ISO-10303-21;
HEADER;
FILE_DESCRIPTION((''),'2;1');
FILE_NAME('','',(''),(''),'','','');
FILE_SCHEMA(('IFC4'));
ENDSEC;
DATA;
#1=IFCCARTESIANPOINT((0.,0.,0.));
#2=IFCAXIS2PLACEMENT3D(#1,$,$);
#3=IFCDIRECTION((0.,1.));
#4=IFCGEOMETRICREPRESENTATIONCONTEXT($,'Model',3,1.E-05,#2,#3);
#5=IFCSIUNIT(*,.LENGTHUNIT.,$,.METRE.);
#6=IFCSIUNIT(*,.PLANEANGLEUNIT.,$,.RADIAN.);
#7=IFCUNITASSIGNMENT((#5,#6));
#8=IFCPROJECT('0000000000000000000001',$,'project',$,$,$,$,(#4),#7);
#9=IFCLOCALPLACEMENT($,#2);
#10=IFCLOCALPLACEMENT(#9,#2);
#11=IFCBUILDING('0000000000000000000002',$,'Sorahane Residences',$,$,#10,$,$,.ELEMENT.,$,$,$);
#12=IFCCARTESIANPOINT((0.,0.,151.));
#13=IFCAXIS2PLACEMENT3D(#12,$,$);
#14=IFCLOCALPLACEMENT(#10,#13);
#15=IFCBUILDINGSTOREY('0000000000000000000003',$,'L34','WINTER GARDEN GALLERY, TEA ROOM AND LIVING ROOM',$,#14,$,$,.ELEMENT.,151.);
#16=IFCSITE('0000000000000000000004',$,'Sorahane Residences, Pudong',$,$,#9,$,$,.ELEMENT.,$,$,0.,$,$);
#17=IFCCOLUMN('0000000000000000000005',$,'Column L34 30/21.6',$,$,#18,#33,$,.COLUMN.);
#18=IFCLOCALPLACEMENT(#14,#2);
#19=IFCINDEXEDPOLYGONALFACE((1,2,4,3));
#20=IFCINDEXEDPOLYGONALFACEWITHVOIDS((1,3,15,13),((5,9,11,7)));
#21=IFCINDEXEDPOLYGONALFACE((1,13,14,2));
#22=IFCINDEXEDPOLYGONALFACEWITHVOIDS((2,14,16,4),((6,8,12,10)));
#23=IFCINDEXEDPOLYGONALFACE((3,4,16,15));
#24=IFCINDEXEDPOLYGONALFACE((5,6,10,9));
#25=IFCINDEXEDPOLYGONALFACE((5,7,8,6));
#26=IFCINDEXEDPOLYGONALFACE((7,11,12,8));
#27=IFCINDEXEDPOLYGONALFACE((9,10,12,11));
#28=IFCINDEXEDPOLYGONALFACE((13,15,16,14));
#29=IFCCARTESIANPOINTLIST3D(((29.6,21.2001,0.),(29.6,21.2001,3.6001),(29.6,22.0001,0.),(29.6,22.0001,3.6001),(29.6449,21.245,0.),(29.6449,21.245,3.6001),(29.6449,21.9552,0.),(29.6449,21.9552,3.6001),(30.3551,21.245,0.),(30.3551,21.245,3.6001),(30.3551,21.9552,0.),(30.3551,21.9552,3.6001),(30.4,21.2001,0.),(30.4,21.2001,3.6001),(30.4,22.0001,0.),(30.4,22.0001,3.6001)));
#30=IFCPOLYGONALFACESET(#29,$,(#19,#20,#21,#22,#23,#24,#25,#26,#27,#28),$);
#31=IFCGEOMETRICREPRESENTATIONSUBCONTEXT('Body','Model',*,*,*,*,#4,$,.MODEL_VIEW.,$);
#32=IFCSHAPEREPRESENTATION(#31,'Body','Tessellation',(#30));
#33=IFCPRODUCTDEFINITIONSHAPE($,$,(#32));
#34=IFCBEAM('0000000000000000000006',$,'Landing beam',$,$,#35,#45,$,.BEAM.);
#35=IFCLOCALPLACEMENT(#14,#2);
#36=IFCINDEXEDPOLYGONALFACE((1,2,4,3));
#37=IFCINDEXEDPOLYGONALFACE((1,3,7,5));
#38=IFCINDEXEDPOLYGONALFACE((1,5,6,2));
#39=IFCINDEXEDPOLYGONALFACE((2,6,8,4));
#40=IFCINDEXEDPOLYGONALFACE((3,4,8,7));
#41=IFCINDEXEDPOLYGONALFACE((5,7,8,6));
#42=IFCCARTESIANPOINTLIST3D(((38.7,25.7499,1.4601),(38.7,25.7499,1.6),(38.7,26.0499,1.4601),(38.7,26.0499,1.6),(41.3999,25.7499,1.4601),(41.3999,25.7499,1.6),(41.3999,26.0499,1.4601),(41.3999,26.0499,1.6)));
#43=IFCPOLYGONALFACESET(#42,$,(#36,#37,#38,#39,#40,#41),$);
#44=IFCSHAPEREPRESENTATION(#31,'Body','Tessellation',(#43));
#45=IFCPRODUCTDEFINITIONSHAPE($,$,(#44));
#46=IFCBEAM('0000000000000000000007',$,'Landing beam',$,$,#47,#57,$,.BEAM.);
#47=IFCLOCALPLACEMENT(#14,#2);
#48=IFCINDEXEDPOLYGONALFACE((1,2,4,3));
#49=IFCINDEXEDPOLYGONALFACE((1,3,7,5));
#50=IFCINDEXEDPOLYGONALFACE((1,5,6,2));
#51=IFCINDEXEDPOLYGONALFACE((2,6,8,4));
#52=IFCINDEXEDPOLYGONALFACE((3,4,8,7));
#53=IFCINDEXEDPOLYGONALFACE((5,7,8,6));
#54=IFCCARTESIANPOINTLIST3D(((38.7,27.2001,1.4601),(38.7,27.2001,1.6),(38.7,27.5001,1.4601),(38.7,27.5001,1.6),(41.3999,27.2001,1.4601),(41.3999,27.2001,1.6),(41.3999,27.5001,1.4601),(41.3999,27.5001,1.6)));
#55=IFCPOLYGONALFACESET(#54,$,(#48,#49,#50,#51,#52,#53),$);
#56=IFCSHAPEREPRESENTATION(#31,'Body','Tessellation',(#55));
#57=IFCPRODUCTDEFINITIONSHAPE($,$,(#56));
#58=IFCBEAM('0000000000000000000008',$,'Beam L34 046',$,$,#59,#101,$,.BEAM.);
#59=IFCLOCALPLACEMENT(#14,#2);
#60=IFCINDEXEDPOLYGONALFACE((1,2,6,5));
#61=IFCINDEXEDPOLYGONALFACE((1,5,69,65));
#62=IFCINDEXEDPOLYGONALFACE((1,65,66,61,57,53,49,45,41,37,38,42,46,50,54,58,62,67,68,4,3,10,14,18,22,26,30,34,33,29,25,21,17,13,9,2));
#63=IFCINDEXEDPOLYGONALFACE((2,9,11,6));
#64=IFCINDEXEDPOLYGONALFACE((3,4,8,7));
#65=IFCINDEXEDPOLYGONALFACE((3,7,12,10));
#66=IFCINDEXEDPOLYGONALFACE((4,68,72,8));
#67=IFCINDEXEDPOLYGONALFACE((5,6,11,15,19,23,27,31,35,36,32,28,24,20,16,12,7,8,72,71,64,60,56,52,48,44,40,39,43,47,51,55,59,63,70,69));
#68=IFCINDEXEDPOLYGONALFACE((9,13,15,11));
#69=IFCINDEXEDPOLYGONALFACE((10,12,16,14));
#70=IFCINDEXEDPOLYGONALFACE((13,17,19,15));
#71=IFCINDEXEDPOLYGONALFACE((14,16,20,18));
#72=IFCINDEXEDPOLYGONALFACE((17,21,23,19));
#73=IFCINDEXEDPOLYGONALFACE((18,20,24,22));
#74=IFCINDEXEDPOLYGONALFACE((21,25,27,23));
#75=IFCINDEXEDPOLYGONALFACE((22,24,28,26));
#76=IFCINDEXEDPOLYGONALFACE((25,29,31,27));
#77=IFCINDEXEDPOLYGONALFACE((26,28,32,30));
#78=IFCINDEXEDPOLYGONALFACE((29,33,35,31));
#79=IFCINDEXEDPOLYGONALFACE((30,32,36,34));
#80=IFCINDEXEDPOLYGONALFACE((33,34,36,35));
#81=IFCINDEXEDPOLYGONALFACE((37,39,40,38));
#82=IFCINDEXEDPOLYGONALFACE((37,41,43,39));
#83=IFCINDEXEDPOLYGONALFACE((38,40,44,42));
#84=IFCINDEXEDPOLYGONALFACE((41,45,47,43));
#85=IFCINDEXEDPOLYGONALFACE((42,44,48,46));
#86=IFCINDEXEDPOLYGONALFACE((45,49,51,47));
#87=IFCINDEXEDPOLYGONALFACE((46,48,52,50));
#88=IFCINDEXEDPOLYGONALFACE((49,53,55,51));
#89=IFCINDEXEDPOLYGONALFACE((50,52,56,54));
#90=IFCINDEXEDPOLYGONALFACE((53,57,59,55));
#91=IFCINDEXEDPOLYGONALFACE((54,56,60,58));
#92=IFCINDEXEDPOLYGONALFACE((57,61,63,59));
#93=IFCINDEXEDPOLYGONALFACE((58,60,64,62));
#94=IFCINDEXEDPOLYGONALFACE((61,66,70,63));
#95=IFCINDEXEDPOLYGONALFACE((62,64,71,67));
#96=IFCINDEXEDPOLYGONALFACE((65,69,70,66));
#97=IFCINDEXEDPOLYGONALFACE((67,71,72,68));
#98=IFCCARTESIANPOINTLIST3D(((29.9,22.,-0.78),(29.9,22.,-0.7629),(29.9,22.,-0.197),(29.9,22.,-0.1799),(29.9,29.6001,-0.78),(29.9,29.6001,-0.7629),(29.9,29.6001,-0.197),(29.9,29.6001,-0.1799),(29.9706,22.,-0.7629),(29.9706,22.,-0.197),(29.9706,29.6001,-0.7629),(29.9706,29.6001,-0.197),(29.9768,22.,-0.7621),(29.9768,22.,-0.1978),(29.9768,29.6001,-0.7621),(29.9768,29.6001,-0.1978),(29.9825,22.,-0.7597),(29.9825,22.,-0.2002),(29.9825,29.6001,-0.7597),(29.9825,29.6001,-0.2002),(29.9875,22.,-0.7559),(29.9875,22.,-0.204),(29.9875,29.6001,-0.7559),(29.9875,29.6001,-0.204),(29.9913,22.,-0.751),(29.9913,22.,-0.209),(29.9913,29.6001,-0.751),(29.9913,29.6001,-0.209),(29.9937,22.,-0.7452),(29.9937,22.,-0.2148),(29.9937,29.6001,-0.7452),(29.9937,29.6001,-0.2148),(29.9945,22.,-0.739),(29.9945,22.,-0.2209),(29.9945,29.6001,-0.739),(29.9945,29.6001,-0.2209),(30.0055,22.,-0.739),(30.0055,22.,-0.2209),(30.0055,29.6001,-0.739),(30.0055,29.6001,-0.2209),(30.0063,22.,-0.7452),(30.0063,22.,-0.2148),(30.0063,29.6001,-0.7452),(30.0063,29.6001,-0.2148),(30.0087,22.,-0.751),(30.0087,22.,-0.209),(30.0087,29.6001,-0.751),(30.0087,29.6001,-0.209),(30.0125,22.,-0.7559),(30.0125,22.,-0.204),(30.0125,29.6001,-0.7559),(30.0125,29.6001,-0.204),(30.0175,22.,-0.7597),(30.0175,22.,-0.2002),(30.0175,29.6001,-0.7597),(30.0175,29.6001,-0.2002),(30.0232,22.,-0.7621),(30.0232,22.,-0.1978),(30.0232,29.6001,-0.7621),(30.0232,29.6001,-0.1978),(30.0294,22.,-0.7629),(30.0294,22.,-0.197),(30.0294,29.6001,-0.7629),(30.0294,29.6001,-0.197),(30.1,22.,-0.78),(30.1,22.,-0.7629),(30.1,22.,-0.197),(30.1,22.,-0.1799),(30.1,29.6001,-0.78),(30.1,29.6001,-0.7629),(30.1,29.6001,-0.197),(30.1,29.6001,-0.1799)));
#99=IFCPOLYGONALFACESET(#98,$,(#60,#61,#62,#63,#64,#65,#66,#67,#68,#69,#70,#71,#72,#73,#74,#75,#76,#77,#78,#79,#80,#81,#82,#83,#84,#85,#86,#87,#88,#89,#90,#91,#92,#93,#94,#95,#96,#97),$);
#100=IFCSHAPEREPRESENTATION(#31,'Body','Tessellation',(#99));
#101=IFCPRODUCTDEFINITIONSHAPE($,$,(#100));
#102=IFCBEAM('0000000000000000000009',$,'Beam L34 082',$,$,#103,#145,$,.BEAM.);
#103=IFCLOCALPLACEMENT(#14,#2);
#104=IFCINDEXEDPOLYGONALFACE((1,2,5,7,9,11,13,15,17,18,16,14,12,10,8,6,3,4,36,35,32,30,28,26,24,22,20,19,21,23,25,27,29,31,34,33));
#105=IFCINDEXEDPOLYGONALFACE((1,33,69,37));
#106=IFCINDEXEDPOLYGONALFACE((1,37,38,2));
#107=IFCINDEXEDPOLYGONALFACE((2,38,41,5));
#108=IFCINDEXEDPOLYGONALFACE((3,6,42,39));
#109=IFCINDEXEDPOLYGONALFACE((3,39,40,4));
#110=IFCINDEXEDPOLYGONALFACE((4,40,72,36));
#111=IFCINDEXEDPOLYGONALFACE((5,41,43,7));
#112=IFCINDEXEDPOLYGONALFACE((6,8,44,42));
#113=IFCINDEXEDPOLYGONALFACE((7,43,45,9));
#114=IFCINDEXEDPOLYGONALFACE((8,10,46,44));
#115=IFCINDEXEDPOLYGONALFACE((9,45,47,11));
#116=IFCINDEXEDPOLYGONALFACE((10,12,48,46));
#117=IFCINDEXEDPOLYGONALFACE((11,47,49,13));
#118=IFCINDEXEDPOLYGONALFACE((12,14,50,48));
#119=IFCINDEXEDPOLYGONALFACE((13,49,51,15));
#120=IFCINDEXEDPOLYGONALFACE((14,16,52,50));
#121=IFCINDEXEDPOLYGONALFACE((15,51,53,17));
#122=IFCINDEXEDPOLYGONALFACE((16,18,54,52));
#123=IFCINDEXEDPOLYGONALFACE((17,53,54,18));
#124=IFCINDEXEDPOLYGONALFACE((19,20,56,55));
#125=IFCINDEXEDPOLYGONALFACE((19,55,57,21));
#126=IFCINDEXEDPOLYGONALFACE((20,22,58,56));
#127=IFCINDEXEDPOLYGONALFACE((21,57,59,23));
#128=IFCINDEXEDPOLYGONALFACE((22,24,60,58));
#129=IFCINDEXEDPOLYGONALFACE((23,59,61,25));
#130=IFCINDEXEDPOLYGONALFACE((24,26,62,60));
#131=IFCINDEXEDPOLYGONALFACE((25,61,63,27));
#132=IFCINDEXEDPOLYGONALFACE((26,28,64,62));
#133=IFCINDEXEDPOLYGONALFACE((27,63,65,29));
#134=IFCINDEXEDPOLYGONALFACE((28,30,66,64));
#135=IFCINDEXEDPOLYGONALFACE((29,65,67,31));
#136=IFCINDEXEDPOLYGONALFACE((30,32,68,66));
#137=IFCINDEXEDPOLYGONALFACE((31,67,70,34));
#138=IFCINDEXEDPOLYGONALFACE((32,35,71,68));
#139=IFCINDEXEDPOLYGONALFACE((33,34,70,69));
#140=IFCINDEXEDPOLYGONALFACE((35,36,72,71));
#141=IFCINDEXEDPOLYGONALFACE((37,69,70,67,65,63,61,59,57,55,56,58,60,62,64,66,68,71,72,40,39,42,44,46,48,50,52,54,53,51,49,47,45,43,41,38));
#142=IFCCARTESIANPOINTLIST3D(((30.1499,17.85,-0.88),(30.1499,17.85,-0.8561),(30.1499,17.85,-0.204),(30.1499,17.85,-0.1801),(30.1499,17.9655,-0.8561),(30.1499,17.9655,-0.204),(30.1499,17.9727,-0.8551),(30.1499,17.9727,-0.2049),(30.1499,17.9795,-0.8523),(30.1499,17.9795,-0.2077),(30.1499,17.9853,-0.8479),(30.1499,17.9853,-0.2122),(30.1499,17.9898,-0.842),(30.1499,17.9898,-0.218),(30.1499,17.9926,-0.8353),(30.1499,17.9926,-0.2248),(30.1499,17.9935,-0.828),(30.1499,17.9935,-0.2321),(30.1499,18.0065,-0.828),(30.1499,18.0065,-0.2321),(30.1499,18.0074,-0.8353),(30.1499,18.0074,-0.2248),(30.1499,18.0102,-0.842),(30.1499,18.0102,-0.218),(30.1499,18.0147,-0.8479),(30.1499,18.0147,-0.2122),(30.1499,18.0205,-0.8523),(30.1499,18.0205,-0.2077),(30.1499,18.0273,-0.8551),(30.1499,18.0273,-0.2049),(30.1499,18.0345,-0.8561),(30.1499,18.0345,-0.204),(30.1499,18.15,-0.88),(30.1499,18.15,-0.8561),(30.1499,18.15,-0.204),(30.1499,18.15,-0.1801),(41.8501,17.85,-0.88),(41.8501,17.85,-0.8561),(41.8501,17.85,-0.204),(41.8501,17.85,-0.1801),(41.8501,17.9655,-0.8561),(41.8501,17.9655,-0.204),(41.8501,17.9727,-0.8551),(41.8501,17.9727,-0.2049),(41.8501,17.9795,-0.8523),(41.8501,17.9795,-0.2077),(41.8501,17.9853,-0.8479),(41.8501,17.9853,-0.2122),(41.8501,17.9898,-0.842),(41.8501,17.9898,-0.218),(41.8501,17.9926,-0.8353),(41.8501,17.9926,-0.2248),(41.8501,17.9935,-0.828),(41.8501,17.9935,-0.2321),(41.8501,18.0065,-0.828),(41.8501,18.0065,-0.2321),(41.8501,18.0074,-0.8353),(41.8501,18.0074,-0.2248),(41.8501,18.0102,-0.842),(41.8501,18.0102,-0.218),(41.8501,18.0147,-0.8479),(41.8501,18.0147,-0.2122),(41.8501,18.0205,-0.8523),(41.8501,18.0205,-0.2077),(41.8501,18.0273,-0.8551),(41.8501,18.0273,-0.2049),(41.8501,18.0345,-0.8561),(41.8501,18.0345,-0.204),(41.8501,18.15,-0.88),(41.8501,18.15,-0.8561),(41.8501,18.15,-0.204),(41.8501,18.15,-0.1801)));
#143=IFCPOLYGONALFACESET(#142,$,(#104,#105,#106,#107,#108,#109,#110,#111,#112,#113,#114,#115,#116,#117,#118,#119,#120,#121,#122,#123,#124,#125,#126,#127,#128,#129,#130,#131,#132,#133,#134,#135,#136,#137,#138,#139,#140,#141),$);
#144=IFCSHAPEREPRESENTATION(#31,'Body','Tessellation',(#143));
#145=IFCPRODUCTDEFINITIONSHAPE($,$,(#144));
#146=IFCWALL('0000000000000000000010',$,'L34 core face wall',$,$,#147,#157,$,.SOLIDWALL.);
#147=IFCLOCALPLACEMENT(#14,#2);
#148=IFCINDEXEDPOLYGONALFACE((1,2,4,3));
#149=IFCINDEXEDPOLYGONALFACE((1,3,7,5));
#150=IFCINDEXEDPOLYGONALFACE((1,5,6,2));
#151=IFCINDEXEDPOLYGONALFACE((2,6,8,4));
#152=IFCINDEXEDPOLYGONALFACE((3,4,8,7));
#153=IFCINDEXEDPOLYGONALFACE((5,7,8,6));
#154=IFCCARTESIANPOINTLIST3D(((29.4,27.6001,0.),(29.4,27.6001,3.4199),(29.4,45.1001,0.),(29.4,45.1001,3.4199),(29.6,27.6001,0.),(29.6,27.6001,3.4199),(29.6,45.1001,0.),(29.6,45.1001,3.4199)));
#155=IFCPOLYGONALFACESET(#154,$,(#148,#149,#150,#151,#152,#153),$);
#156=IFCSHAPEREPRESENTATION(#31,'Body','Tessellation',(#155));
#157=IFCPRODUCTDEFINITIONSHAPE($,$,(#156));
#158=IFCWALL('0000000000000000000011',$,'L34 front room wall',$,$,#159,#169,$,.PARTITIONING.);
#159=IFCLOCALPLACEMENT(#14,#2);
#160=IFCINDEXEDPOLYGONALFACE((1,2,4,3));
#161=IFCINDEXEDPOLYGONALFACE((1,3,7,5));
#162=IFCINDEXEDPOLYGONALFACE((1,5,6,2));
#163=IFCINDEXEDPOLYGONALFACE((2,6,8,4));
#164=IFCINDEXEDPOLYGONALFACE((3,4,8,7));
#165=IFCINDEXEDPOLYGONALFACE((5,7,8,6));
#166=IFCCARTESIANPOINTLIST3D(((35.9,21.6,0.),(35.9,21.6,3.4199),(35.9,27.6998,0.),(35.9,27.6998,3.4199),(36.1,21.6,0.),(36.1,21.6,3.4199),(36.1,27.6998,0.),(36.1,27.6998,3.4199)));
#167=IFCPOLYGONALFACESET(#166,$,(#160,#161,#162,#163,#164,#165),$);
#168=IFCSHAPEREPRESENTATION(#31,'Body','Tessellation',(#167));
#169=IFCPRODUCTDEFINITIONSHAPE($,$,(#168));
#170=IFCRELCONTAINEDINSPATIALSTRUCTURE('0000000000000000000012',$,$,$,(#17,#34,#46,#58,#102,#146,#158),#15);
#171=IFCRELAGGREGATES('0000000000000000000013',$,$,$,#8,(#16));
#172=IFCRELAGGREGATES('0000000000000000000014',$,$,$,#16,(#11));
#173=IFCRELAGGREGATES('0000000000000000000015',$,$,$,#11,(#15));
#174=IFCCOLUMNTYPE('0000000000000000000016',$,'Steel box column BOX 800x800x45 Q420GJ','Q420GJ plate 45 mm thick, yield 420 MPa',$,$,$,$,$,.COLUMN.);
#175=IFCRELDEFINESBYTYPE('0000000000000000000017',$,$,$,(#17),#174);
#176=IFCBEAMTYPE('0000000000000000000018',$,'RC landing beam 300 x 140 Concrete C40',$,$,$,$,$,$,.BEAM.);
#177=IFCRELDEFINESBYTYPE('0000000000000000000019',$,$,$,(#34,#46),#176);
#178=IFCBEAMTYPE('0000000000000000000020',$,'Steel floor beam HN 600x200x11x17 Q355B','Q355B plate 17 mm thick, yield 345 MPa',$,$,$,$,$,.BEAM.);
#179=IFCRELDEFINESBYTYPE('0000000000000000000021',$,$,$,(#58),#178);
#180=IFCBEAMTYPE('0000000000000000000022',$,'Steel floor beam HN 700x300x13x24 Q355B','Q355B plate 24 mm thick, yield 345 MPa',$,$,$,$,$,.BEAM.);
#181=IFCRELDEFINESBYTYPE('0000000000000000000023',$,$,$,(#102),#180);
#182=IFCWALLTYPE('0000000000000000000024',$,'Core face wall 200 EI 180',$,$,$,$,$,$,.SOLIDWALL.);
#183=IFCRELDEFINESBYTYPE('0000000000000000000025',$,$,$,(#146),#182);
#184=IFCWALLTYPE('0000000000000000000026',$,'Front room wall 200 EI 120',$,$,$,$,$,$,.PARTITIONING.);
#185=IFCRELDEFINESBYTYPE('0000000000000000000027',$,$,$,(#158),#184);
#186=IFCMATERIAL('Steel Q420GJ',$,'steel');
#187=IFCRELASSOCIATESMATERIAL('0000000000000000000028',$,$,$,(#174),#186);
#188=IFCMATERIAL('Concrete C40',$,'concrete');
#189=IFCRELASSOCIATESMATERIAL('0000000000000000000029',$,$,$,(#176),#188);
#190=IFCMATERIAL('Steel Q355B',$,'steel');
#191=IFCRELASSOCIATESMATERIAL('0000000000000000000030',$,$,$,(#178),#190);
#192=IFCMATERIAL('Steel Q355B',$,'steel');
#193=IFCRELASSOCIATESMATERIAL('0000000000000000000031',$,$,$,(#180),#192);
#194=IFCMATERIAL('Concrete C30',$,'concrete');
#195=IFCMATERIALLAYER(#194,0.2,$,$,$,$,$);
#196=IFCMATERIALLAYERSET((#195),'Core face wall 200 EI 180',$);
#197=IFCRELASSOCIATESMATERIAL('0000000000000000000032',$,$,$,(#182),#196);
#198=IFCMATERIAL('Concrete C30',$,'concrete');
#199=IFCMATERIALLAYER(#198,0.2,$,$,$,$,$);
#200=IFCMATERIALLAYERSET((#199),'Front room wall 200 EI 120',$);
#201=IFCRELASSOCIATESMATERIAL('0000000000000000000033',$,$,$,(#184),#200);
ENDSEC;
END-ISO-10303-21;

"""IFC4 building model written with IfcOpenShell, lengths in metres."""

from ifc_helpers import new_model, si_unit, direction, frame, frame_2d, origin, origin_2d, place, context, subcontext, project, spatial, rectangle, hollow_rectangle, i_section, extrude, material, layer, layer_set, material_profile, profile_set, type_object, element, save


model = new_model("IFC4")

# Units and contexts
model_context = context("Model", 3, precision=1e-05, world=origin(), true_north=direction((0.0, 1.0)))
body_context = subcontext(model_context, "Body", "Model", "MODEL_VIEW")
ifc_project = project(units=[si_unit("LENGTHUNIT", "METRE"), si_unit("PLANEANGLEUNIT", "RADIAN")], contexts=[model_context])

# Site, building, storey
site_placement = place(None, origin())
site = spatial("IfcSite", under=ifc_project, at=site_placement, Name="Sorahane Residences, Pudong", CompositionType="ELEMENT", RefElevation=0.0)
building_placement = place(site_placement, origin())
building = spatial("IfcBuilding", under=site, at=building_placement, Name="Sorahane Residences", CompositionType="ELEMENT")
storey_placement = place(building_placement, frame((0.0, 0.0, 151.0)))
storey = spatial("IfcBuildingStorey", under=building, at=storey_placement, Name="L34", Description="WINTER GARDEN GALLERY, TEA ROOM AND LIVING ROOM", CompositionType="ELEMENT", Elevation=151.0)

# Column
ifc_material_1 = material(Name="Steel Q420GJ", Category="steel")
ifc_material_profile_1 = material_profile(ifc_material_1, hollow_rectangle(XDim=0.8, YDim=0.8, WallThickness=0.0449, at=origin_2d()), Name="BOX 800x800x45")
ifc_profile_set_1 = profile_set([ifc_material_profile_1], Name="Steel Q420GJ")
column_type = type_object("IfcColumnType", Name="Steel box column BOX 800x800x45 Q420GJ", Description="Q420GJ plate 45 mm thick, yield 420 MPa", PredefinedType="COLUMN", material=ifc_profile_set_1)
column_placement = place(storey_placement, frame((30.0, 21.6001, 0.0), z_axis=(0.0, 0.0, 1.0), x_axis=(1.0, 0.0, 0.0)))
element("IfcColumn", 1, at=column_placement, inside=storey, type_object=column_type, Name="Column L34 30/21.6", PredefinedType="COLUMN", context=body_context, shape_type="SweptSolid", body=[
    extrude(hollow_rectangle(XDim=0.8, YDim=0.8, WallThickness=0.0449, at=origin_2d()), origin(), (0.0, 0.0, 1.0), 3.6001),
])

# Beams
ifc_material_2 = material(Name="Concrete C40", Category="concrete")
ifc_material_profile_2 = material_profile(ifc_material_2, rectangle(XDim=0.3, YDim=0.1399, at=origin_2d()), Name="300x140")
ifc_profile_set_2 = profile_set([ifc_material_profile_2], Name="Concrete C40")
beam_type_1 = type_object("IfcBeamType", Name="RC landing beam 300 x 140 Concrete C40", PredefinedType="BEAM", material=ifc_profile_set_2)
for number, where, z_axis, x_axis, name in (
    (2, (38.7, 25.8999, 1.53), (1.0, 0.0, 0.0), (0.0, 1.0, 0.0), "Landing beam"),
    (3, (38.7, 27.3501, 1.53), (1.0, 0.0, 0.0), (0.0, 1.0, 0.0), "Landing beam"),
):
    element("IfcBeam", number, at=place(storey_placement, frame(where, z_axis=z_axis, x_axis=x_axis)), inside=storey, type_object=beam_type_1, Name=name, PredefinedType="BEAM", context=body_context, shape_type="SweptSolid", body=[
        extrude(rectangle(XDim=0.3, YDim=0.1399, at=origin_2d()), origin(), (0.0, 0.0, 1.0), 2.7),
    ])
ifc_material_3 = material(Name="Steel Q355B", Category="steel")
ifc_material_profile_3 = material_profile(ifc_material_3, i_section(OverallWidth=0.2, OverallDepth=0.6001, WebThickness=0.011, FlangeThickness=0.0171, FilletRadius=0.0239, at=origin_2d()), Name="HN 600x200x11x17")
ifc_profile_set_3 = profile_set([ifc_material_profile_3], Name="Steel Q355B")
beam_type_2 = type_object("IfcBeamType", Name="Steel floor beam HN 600x200x11x17 Q355B", Description="Q355B plate 17 mm thick, yield 345 MPa", PredefinedType="BEAM", material=ifc_profile_set_3)
beam_1_placement = place(storey_placement, frame((30.0, 22.0, -0.48), z_axis=(0.0, 1.0, 0.0), x_axis=(-1.0, 0.0, 0.0)))
element("IfcBeam", 4, at=beam_1_placement, inside=storey, type_object=beam_type_2, Name="Beam L34 046", PredefinedType="BEAM", context=body_context, shape_type="SweptSolid", body=[
    extrude(i_section(OverallWidth=0.2, OverallDepth=0.6001, WebThickness=0.011, FlangeThickness=0.0171, FilletRadius=0.0239, at=origin_2d()), origin(), (0.0, 0.0, 1.0), 7.6001),
])
ifc_material_4 = material(Name="Steel Q355B", Category="steel")
ifc_material_profile_4 = material_profile(ifc_material_4, i_section(OverallWidth=0.3, OverallDepth=0.7, WebThickness=0.0129, FlangeThickness=0.0239, FilletRadius=0.0281, at=origin_2d()), Name="HN 700x300x13x24")
ifc_profile_set_4 = profile_set([ifc_material_profile_4], Name="Steel Q355B")
beam_type_3 = type_object("IfcBeamType", Name="Steel floor beam HN 700x300x13x24 Q355B", Description="Q355B plate 24 mm thick, yield 345 MPa", PredefinedType="BEAM", material=ifc_profile_set_4)
beam_2_placement = place(storey_placement, frame((30.1499, 18.0, -0.53), z_axis=(1.0, 0.0, 0.0), x_axis=(0.0, 1.0, 0.0)))
element("IfcBeam", 5, at=beam_2_placement, inside=storey, type_object=beam_type_3, Name="Beam L34 082", PredefinedType="BEAM", context=body_context, shape_type="SweptSolid", body=[
    extrude(i_section(OverallWidth=0.3, OverallDepth=0.7, WebThickness=0.0129, FlangeThickness=0.0239, FilletRadius=0.0281, at=origin_2d()), origin(), (0.0, 0.0, 1.0), 11.7002),
])

# Walls
ifc_material_5 = material(Name="Concrete C30", Category="concrete")
ifc_layer_1 = layer(ifc_material_5, 0.2)
ifc_layer_set_1 = layer_set([ifc_layer_1], Name="Core face wall 200 EI 180")
wall_type_1 = type_object("IfcWallType", Name="Core face wall 200 EI 180", PredefinedType="SOLIDWALL", material=ifc_layer_set_1)
wall_1_placement = place(storey_placement, frame((29.5, 27.6001, 0.0), z_axis=(0.0, 0.0, 1.0), x_axis=(0.0, 1.0, 0.0)))
element("IfcWall", 6, at=wall_1_placement, inside=storey, type_object=wall_type_1, Name="L34 core face wall", PredefinedType="SOLIDWALL", context=body_context, shape_type="SweptSolid", body=[
    extrude(rectangle(XDim=17.5, YDim=0.2, at=frame_2d((8.75, 0.0))), origin(), (0.0, 0.0, 1.0), 3.4199),
])
ifc_material_6 = material(Name="Concrete C30", Category="concrete")
ifc_layer_2 = layer(ifc_material_6, 0.2)
ifc_layer_set_2 = layer_set([ifc_layer_2], Name="Front room wall 200 EI 120")
wall_type_2 = type_object("IfcWallType", Name="Front room wall 200 EI 120", PredefinedType="PARTITIONING", material=ifc_layer_set_2)
wall_2_placement = place(storey_placement, frame((36.0, 21.6001, 0.0), z_axis=(0.0, 0.0, 1.0), x_axis=(0.0, 1.0, 0.0)))
element("IfcWall", 7, at=wall_2_placement, inside=storey, type_object=wall_type_2, Name="L34 front room wall", PredefinedType="PARTITIONING", context=body_context, shape_type="SweptSolid", body=[
    extrude(rectangle(XDim=6.0999, YDim=0.2, at=frame_2d((3.0498, 0.0))), origin(), (0.0, 0.0, 1.0), 3.4199),
])

save(model, "model.ifc")
